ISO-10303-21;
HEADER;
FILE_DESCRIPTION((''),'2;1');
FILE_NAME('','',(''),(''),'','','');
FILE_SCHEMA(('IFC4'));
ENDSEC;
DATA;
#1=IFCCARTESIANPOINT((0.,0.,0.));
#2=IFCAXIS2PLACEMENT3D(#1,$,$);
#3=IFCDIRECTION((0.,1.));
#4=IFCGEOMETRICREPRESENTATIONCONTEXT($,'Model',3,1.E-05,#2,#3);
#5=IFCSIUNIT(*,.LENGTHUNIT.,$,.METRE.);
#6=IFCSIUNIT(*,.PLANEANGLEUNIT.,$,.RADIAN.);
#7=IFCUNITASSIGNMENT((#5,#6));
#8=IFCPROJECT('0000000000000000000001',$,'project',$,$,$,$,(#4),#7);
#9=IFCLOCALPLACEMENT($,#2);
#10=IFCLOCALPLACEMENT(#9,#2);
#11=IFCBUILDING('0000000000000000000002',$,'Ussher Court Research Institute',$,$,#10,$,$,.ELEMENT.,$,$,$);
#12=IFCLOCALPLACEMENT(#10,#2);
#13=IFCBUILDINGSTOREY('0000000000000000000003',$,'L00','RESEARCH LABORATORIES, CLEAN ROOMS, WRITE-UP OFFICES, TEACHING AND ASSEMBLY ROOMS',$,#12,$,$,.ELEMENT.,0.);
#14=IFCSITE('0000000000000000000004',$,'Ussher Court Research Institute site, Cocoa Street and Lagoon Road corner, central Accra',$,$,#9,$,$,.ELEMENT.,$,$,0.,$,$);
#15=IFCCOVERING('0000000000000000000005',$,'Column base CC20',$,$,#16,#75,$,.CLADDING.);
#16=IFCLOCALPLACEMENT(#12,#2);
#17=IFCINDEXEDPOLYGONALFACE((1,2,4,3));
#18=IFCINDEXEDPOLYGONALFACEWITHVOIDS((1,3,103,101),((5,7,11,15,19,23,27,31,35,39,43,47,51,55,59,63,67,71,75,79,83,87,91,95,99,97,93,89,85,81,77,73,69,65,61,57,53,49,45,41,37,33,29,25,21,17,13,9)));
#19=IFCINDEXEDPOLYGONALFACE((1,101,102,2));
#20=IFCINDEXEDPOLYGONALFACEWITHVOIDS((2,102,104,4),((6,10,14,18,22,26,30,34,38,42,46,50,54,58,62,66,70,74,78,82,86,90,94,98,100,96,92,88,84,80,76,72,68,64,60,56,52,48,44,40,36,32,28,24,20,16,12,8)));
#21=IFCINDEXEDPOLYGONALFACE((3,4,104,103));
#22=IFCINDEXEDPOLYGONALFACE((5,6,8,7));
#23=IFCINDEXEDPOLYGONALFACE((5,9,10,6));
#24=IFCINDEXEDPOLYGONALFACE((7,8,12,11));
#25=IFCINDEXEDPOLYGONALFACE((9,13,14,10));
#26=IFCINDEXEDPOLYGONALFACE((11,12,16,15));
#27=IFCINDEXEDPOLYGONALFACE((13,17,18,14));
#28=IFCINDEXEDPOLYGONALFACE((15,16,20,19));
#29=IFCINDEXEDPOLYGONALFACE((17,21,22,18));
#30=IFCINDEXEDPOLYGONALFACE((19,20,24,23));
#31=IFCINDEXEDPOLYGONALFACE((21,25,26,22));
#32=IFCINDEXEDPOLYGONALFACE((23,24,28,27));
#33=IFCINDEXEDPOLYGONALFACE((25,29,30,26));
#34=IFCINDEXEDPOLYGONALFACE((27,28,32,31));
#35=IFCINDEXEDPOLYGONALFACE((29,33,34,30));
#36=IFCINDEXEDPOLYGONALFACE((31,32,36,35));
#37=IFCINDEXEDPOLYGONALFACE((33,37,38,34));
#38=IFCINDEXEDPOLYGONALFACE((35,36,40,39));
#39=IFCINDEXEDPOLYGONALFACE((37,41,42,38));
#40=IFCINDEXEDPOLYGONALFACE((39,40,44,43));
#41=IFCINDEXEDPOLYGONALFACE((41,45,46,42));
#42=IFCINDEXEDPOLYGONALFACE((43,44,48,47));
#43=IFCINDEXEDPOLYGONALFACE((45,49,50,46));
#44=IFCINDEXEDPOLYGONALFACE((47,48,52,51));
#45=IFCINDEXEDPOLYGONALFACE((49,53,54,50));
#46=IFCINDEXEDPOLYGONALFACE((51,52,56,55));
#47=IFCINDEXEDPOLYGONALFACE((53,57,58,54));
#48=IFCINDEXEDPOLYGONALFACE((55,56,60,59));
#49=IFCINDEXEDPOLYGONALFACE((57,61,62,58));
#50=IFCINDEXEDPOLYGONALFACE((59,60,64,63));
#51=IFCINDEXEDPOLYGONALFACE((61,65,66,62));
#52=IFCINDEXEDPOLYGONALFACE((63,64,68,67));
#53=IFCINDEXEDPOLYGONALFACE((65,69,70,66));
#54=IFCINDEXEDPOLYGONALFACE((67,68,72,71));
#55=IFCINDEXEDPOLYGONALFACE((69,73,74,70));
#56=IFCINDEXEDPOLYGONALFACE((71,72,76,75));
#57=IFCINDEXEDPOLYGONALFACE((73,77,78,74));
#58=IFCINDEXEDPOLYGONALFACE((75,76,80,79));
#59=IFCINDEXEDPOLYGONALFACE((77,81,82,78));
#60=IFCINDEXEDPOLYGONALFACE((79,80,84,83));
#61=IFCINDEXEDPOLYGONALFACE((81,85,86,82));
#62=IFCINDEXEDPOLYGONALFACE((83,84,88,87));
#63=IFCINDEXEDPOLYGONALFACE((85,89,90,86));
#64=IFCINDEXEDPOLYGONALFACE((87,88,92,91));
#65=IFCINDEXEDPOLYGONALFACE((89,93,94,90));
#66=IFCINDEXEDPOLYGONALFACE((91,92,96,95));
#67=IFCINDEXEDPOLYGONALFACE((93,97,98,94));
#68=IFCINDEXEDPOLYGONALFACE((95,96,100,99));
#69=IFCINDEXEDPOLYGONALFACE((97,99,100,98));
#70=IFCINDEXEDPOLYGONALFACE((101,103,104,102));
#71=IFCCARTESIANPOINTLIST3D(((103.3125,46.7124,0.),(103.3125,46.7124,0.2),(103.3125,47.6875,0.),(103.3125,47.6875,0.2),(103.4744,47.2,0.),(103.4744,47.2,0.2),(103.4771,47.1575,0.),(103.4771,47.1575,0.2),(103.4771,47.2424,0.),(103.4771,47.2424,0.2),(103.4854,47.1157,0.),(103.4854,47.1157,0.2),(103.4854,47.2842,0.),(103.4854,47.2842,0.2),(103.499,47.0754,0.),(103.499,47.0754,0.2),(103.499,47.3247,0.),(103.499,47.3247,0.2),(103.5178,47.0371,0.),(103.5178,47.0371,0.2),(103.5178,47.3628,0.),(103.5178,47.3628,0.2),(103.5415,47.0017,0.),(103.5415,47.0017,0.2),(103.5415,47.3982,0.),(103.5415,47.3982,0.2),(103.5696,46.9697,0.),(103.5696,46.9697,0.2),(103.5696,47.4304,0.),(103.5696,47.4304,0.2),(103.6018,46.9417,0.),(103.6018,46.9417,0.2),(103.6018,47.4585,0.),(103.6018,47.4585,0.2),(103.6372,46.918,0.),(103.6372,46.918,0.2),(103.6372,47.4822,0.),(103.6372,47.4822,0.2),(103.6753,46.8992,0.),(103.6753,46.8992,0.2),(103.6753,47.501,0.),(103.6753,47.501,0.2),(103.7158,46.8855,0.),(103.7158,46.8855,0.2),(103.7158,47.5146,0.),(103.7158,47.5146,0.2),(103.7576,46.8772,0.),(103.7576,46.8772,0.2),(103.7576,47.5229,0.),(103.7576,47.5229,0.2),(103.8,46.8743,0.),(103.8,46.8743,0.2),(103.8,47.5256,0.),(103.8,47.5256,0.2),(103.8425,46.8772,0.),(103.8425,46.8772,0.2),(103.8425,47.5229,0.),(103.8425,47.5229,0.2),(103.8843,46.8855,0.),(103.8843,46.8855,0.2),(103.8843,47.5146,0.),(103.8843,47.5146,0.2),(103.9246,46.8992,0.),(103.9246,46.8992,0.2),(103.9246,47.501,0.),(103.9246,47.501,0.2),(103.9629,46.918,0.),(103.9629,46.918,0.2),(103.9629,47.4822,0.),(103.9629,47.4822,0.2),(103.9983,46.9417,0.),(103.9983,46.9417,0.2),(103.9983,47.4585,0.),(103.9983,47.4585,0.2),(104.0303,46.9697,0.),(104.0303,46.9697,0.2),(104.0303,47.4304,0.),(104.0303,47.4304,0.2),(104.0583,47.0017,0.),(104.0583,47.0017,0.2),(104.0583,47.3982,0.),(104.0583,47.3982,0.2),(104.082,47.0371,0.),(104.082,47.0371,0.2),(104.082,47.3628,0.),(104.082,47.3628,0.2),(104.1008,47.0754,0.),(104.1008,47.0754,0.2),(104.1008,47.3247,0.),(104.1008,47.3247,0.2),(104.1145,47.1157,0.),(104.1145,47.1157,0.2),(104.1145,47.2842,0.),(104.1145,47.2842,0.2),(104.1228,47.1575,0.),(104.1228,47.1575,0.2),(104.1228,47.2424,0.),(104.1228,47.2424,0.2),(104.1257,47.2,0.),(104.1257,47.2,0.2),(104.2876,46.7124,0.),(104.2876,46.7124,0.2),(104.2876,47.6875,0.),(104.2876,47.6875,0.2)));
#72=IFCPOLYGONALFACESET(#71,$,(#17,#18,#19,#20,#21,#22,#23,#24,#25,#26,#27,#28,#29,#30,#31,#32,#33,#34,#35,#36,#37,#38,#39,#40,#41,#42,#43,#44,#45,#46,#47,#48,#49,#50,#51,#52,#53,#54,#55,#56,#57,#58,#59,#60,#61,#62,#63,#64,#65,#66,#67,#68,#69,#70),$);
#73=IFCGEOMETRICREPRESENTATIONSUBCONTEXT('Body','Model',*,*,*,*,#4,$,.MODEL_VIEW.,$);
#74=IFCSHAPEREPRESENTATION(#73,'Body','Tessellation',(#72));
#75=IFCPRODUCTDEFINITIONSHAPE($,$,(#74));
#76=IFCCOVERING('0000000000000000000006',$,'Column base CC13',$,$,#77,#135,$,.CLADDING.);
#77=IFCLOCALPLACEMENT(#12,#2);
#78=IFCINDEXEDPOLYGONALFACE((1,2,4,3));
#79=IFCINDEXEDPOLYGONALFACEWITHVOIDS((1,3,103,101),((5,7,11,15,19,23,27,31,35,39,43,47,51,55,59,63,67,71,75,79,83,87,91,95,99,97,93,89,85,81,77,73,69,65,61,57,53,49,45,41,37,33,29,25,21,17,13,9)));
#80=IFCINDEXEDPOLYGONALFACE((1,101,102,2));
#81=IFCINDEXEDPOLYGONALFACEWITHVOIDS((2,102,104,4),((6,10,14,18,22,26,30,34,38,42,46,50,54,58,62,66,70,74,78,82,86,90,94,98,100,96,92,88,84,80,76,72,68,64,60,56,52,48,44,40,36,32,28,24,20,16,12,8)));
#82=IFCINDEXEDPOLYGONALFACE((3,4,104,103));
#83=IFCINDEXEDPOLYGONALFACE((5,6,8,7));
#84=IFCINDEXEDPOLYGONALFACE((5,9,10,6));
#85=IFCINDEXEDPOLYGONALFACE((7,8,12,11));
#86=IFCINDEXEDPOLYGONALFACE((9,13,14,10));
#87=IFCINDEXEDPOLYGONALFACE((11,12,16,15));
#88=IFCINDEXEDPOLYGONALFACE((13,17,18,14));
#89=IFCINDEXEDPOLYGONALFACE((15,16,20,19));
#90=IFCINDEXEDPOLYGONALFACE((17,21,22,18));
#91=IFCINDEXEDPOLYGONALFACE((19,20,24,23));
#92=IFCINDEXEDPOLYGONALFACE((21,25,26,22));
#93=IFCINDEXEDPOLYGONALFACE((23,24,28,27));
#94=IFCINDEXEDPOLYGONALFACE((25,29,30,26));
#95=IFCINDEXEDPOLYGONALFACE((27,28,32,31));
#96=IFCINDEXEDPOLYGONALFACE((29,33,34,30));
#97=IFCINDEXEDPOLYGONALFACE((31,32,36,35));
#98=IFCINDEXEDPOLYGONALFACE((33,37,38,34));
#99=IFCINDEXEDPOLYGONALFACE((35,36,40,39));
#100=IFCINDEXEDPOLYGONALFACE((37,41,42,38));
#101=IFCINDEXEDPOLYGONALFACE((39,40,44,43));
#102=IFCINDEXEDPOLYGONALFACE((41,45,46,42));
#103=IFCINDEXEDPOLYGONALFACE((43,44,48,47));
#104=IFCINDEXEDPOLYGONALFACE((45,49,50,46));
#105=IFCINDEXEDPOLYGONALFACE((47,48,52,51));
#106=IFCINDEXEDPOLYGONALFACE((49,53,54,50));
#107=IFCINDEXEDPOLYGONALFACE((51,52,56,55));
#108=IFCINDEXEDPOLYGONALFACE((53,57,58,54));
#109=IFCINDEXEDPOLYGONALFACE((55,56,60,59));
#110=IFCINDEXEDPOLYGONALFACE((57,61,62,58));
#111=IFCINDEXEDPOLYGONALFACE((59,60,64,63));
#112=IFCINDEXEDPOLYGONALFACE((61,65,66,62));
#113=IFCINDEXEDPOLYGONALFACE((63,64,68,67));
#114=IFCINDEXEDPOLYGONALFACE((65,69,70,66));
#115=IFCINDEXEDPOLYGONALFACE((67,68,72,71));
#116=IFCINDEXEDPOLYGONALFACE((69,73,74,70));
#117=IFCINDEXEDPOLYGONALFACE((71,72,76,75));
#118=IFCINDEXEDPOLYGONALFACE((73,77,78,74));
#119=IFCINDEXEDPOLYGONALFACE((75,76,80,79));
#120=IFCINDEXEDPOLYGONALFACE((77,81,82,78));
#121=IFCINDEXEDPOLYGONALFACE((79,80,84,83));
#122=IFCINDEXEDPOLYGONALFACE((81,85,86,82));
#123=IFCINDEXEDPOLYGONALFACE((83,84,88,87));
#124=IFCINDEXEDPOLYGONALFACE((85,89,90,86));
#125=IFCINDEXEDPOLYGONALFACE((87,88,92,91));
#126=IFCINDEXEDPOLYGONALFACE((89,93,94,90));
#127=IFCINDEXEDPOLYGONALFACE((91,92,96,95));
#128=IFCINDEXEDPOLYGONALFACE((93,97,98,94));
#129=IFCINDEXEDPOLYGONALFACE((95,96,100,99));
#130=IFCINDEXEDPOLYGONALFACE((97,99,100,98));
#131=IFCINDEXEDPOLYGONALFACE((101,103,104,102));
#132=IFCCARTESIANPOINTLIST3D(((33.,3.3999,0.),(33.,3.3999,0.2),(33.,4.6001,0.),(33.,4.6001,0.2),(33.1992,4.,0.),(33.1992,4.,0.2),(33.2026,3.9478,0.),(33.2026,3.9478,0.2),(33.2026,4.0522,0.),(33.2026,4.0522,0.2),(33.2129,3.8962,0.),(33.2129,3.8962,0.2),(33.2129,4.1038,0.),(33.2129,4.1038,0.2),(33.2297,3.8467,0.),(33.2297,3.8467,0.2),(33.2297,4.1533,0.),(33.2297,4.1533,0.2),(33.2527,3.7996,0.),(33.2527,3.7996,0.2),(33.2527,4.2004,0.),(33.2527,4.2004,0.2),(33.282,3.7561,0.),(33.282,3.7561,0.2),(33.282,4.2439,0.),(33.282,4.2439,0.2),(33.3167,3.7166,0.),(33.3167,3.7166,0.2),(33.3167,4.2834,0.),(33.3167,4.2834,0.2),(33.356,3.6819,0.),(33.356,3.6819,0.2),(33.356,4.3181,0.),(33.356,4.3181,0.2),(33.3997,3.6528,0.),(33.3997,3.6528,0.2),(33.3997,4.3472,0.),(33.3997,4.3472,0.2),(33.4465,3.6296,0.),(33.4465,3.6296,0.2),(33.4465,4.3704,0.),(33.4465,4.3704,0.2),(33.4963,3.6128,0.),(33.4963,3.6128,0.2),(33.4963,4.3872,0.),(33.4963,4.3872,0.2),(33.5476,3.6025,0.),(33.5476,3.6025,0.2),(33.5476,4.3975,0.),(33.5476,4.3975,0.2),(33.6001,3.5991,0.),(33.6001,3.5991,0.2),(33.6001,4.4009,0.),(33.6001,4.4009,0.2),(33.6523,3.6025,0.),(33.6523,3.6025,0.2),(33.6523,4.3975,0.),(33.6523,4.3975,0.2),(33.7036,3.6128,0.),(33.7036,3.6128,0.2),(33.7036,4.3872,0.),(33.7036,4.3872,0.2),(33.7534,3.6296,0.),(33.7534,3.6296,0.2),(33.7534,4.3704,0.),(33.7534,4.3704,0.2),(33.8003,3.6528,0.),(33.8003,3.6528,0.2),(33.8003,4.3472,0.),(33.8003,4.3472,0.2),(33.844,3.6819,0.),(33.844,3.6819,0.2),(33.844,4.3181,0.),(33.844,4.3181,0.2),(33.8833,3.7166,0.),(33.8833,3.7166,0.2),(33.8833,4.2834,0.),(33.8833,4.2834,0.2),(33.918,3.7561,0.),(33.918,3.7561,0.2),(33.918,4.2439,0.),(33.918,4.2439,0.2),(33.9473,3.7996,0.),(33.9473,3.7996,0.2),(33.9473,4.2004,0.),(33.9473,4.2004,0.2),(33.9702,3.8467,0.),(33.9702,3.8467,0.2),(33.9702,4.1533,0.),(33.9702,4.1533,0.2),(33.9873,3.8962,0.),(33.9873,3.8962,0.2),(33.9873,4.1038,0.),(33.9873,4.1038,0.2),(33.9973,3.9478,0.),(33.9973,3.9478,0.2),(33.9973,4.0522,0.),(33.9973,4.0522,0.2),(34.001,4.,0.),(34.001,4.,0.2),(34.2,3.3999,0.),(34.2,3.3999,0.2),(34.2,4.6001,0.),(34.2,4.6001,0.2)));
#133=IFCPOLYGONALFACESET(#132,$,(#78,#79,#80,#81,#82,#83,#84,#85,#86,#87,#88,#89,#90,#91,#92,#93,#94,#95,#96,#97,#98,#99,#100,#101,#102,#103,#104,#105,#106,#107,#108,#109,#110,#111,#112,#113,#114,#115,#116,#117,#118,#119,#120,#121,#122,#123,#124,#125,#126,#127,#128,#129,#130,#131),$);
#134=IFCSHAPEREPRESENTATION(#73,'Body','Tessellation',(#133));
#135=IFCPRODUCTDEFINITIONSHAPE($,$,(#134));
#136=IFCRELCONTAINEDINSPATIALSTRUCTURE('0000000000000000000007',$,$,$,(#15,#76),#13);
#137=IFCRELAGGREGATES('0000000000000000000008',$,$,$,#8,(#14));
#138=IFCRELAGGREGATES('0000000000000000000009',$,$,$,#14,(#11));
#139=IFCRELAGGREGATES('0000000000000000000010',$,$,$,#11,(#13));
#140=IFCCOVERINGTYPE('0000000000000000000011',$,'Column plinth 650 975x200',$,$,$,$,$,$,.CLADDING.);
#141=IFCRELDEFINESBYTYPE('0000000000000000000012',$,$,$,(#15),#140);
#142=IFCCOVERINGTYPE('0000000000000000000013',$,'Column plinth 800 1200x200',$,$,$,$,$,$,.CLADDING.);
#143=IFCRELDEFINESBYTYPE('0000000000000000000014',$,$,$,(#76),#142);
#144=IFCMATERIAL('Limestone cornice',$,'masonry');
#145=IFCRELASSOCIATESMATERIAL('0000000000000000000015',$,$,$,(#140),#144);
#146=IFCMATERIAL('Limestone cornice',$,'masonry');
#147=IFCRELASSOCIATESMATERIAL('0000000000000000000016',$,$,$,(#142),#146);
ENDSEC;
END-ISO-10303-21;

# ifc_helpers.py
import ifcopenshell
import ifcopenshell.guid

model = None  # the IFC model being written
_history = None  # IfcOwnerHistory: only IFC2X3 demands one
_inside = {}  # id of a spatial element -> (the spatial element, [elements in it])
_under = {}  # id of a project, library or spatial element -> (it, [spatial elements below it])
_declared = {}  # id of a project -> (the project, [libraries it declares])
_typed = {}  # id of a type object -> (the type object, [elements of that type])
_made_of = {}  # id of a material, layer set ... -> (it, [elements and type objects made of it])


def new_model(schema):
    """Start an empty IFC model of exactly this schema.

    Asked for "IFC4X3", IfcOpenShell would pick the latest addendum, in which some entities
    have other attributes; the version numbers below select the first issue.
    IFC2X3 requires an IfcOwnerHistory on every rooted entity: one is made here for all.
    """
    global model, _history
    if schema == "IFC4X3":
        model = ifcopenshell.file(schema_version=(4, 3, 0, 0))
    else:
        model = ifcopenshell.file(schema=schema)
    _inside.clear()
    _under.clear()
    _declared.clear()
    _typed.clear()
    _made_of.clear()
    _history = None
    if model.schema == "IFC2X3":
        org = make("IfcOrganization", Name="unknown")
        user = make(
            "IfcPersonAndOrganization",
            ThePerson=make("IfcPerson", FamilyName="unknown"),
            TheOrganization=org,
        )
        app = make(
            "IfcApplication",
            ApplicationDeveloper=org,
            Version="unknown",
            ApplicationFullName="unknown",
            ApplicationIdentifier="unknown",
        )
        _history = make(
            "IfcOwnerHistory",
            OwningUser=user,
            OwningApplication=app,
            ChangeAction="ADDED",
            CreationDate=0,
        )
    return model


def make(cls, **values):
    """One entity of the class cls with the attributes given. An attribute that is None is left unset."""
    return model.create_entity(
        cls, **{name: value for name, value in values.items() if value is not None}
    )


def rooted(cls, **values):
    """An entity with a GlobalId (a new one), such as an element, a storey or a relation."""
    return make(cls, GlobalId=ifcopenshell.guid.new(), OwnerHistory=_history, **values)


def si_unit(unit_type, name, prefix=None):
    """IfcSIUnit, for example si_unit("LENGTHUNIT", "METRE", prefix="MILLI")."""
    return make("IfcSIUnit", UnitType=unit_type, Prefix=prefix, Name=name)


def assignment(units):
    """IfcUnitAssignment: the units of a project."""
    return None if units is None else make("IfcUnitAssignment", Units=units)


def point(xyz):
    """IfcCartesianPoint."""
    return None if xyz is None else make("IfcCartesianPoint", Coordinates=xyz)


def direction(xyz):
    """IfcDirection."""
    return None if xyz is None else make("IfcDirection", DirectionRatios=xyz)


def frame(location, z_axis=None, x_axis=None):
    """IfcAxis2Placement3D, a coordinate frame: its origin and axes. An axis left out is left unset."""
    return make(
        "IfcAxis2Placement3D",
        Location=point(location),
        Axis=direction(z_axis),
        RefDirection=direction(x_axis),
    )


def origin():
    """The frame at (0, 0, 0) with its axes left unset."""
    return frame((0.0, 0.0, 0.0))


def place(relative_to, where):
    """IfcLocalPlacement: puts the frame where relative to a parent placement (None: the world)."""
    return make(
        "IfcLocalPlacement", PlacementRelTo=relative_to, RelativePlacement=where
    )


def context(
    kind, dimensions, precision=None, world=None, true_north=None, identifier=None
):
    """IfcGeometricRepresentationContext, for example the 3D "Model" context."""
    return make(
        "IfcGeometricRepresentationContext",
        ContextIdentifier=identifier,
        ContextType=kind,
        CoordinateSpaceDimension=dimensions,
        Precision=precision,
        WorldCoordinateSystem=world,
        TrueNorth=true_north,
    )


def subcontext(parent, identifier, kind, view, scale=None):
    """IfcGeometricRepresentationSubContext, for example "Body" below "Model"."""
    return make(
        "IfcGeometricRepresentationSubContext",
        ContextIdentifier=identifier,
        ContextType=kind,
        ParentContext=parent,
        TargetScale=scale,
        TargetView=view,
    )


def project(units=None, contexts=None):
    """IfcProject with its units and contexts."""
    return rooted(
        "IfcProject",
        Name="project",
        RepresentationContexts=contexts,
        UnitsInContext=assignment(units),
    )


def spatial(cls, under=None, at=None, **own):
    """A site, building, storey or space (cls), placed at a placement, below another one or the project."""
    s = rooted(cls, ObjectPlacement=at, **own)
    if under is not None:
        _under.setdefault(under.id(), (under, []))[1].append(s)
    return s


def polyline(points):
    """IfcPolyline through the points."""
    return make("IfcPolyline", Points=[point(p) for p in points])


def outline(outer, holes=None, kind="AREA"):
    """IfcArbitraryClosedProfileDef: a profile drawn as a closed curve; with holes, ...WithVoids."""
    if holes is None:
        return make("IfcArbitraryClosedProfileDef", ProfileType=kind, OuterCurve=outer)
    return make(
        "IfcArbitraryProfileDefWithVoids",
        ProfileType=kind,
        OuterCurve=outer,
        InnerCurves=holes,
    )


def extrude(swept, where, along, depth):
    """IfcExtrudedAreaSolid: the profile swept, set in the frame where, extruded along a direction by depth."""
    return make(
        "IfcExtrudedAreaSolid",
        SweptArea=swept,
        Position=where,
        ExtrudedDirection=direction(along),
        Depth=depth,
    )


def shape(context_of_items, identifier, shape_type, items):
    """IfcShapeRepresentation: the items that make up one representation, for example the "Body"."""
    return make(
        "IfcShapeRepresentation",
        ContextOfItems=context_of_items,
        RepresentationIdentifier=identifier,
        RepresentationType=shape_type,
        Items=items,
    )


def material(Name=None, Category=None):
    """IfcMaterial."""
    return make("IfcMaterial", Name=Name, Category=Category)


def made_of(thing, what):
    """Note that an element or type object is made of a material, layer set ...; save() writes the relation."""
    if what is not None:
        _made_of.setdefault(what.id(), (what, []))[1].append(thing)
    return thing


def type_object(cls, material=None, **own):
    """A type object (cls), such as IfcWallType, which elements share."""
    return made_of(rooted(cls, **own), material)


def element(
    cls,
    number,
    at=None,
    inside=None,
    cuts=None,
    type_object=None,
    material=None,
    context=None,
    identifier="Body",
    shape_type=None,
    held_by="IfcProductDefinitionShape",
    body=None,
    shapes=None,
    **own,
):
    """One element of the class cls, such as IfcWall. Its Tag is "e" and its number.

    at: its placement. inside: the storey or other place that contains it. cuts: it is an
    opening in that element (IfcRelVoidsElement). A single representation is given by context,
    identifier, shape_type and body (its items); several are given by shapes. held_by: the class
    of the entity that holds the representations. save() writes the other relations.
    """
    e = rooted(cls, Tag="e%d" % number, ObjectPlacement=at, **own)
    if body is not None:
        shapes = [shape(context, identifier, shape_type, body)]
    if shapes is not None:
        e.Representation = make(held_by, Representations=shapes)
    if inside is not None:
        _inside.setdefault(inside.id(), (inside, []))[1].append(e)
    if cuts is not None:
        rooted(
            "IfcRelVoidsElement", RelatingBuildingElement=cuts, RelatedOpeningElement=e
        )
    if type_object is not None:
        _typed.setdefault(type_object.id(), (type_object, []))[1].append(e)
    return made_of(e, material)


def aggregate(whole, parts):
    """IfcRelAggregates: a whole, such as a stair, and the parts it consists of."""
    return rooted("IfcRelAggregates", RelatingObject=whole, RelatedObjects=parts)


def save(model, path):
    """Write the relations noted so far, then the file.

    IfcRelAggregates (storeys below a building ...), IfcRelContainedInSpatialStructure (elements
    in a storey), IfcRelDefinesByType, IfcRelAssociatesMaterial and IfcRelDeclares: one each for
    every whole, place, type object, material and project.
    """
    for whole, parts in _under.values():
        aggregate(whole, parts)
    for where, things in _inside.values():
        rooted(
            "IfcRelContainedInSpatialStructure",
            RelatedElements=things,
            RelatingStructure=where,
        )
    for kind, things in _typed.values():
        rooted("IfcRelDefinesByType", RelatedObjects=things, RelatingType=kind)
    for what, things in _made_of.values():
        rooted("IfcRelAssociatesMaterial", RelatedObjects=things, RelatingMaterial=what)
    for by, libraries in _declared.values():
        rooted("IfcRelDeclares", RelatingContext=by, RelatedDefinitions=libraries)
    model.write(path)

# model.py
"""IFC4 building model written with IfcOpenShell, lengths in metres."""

from ifc_helpers import new_model, si_unit, direction, origin, place, context, subcontext, project, spatial, polyline, outline, extrude, material, type_object, element, save


model = new_model("IFC4")

# Units and contexts
model_context = context("Model", 3, precision=1e-05, world=origin(), true_north=direction((0.0, 1.0)))
body_context = subcontext(model_context, "Body", "Model", "MODEL_VIEW")
ifc_project = project(units=[si_unit("LENGTHUNIT", "METRE"), si_unit("PLANEANGLEUNIT", "RADIAN")], contexts=[model_context])

# Site, building, storey
site_placement = place(None, origin())
site = spatial("IfcSite", under=ifc_project, at=site_placement, Name="Ussher Court Research Institute site, Cocoa Street and Lagoon Road corner, central Accra", CompositionType="ELEMENT", RefElevation=0.0)
building_placement = place(site_placement, origin())
building = spatial("IfcBuilding", under=site, at=building_placement, Name="Ussher Court Research Institute", CompositionType="ELEMENT")
storey_placement = place(building_placement, origin())
storey = spatial("IfcBuildingStorey", under=building, at=storey_placement, Name="L00", Description="RESEARCH LABORATORIES, CLEAN ROOMS, WRITE-UP OFFICES, TEACHING AND ASSEMBLY ROOMS", CompositionType="ELEMENT", Elevation=0.0)

# Coverings
ifc_material_1 = material(Name="Limestone cornice", Category="masonry")
covering_type_1 = type_object("IfcCoveringType", Name="Column plinth 650 975x200", PredefinedType="CLADDING", material=ifc_material_1)
covering_1_placement = place(storey_placement, origin())
element("IfcCovering", 1, at=covering_1_placement, inside=storey, type_object=covering_type_1, Name="Column base CC20", PredefinedType="CLADDING", context=body_context, shape_type="SweptSolid", body=[
    extrude(outline(polyline([(104.2876, 46.7124), (104.2876, 47.6875), (103.3125, 47.6875), (103.3125, 46.7124), (104.2876, 46.7124)]), holes=[polyline([(104.1257, 47.2), (104.1228, 47.2424), (104.1145, 47.2842), (104.1008, 47.3247), (104.082, 47.3628), (104.0583, 47.3982), (104.0303, 47.4304), (103.9983, 47.4585), (103.9629, 47.4822), (103.9246, 47.501), (103.8843, 47.5146), (103.8425, 47.5229), (103.8, 47.5256), (103.7576, 47.5229), (103.7158, 47.5146), (103.6753, 47.501), (103.6372, 47.4822), (103.6018, 47.4585), (103.5696, 47.4304), (103.5415, 47.3982), (103.5178, 47.3628), (103.499, 47.3247), (103.4854, 47.2842), (103.4771, 47.2424), (103.4744, 47.2), (103.4771, 47.1575), (103.4854, 47.1157), (103.499, 47.0754), (103.5178, 47.0371), (103.5415, 47.0017), (103.5696, 46.9697), (103.6018, 46.9417), (103.6372, 46.918), (103.6753, 46.8992), (103.7158, 46.8855), (103.7576, 46.8772), (103.8, 46.8743), (103.8425, 46.8772), (103.8843, 46.8855), (103.9246, 46.8992), (103.9629, 46.918), (103.9983, 46.9417), (104.0303, 46.9697), (104.0583, 47.0017), (104.082, 47.0371), (104.1008, 47.0754), (104.1145, 47.1157), (104.1228, 47.1575), (104.1257, 47.2)])]), origin(), (0.0, 0.0, 1.0), 0.2),
])
ifc_material_2 = material(Name="Limestone cornice", Category="masonry")
covering_type_2 = type_object("IfcCoveringType", Name="Column plinth 800 1200x200", PredefinedType="CLADDING", material=ifc_material_2)
covering_2_placement = place(storey_placement, origin())
element("IfcCovering", 2, at=covering_2_placement, inside=storey, type_object=covering_type_2, Name="Column base CC13", PredefinedType="CLADDING", context=body_context, shape_type="SweptSolid", body=[
    extrude(outline(polyline([(34.2, 3.3999), (34.2, 4.6001), (33.0, 4.6001), (33.0, 3.3999), (34.2, 3.3999)]), holes=[polyline([(34.001, 4.0), (33.9973, 4.0522), (33.9873, 4.1038), (33.9702, 4.1533), (33.9473, 4.2004), (33.918, 4.2439), (33.8833, 4.2834), (33.844, 4.3181), (33.8003, 4.3472), (33.7534, 4.3704), (33.7036, 4.3872), (33.6523, 4.3975), (33.6001, 4.4009), (33.5476, 4.3975), (33.4963, 4.3872), (33.4465, 4.3704), (33.3997, 4.3472), (33.356, 4.3181), (33.3167, 4.2834), (33.282, 4.2439), (33.2527, 4.2004), (33.2297, 4.1533), (33.2129, 4.1038), (33.2026, 4.0522), (33.1992, 4.0), (33.2026, 3.9478), (33.2129, 3.8962), (33.2297, 3.8467), (33.2527, 3.7996), (33.282, 3.7561), (33.3167, 3.7166), (33.356, 3.6819), (33.3997, 3.6528), (33.4465, 3.6296), (33.4963, 3.6128), (33.5476, 3.6025), (33.6001, 3.5991), (33.6523, 3.6025), (33.7036, 3.6128), (33.7534, 3.6296), (33.8003, 3.6528), (33.844, 3.6819), (33.8833, 3.7166), (33.918, 3.7561), (33.9473, 3.7996), (33.9702, 3.8467), (33.9873, 3.8962), (33.9973, 3.9478), (34.001, 4.0)])]), origin(), (0.0, 0.0, 1.0), 0.2),
])

save(model, "model.ifc")
